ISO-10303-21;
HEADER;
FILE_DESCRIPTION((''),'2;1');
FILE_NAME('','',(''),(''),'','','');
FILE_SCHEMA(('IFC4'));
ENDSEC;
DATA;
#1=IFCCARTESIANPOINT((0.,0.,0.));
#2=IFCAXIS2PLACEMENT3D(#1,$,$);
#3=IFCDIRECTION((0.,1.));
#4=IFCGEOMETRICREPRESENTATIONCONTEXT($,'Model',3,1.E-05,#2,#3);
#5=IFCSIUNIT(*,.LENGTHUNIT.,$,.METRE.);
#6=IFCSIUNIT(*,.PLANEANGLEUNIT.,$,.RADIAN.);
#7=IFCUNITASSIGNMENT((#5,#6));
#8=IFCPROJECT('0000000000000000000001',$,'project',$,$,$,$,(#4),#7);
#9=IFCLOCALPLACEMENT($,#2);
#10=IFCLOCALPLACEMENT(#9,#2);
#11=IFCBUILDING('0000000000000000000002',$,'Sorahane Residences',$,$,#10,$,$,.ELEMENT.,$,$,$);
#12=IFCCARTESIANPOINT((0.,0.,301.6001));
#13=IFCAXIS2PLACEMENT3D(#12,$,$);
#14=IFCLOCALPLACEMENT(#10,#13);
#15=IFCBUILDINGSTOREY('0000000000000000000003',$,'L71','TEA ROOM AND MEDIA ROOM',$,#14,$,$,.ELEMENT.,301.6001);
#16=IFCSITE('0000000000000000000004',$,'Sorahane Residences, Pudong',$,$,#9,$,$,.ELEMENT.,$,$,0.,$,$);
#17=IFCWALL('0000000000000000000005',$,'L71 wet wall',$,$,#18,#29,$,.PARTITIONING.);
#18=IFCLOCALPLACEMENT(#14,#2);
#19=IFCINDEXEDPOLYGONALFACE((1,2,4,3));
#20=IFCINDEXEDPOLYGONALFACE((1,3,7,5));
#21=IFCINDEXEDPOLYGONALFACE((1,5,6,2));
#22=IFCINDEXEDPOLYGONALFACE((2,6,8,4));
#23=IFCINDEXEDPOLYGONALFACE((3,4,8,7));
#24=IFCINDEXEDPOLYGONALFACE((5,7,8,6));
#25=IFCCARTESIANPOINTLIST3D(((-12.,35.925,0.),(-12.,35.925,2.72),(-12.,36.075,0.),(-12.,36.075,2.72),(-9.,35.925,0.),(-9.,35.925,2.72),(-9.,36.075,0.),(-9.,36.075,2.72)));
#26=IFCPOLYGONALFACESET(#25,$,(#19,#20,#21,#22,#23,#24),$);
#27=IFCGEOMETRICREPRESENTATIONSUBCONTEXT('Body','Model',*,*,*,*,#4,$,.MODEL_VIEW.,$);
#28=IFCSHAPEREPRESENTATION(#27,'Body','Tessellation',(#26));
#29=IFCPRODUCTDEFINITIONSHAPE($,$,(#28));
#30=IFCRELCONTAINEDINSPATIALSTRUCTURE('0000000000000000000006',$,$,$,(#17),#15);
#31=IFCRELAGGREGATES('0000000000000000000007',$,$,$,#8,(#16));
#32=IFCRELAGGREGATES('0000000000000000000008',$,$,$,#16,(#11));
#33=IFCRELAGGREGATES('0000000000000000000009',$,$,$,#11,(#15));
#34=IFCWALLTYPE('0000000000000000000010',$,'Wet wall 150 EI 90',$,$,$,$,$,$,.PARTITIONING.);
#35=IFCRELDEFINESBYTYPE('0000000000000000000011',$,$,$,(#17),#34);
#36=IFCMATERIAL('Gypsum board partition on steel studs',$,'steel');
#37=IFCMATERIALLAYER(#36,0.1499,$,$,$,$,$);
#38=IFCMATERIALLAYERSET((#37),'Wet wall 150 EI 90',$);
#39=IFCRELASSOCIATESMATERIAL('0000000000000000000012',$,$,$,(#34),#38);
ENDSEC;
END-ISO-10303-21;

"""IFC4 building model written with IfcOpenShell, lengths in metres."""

from ifc_helpers import new_model, si_unit, direction, frame, frame_2d, origin, place, context, subcontext, project, spatial, rectangle, extrude, material, layer, layer_set, type_object, element, save


model = new_model("IFC4")

# Units and contexts
model_context = context("Model", 3, precision=1e-05, world=origin(), true_north=direction((0.0, 1.0)))
body_context = subcontext(model_context, "Body", "Model", "MODEL_VIEW")
ifc_project = project(units=[si_unit("LENGTHUNIT", "METRE"), si_unit("PLANEANGLEUNIT", "RADIAN")], contexts=[model_context])

# Site, building, storey
site_placement = place(None, origin())
site = spatial("IfcSite", under=ifc_project, at=site_placement, Name="Sorahane Residences, Pudong", CompositionType="ELEMENT", RefElevation=0.0)
building_placement = place(site_placement, origin())
building = spatial("IfcBuilding", under=site, at=building_placement, Name="Sorahane Residences", CompositionType="ELEMENT")
storey_placement = place(building_placement, frame((0.0, 0.0, 301.6001)))
storey = spatial("IfcBuildingStorey", under=building, at=storey_placement, Name="L71", Description="TEA ROOM AND MEDIA ROOM", CompositionType="ELEMENT", Elevation=301.6001)

# Shared definitions
ifc_material_1 = material(Name="Gypsum board partition on steel studs", Category="steel")
ifc_layer_1 = layer(ifc_material_1, 0.1499)
ifc_layer_set_1 = layer_set([ifc_layer_1], Name="Wet wall 150 EI 90")
wall_type_1 = type_object("IfcWallType", Name="Wet wall 150 EI 90", PredefinedType="PARTITIONING", material=ifc_layer_set_1)

# Wall
wall_1_placement = place(storey_placement, frame((-12.0, 36.0, 0.0), z_axis=(0.0, 0.0, 1.0), x_axis=(1.0, 0.0, 0.0)))
element("IfcWall", 1, at=wall_1_placement, inside=storey, type_object=wall_type_1, Name="L71 wet wall", PredefinedType="PARTITIONING", context=body_context, shape_type="SweptSolid", body=[
    extrude(rectangle(XDim=3.0, YDim=0.1499, at=frame_2d((1.5, 0.0))), origin(), (0.0, 0.0, 1.0), 2.72),
])

save(model, "model.ifc")
